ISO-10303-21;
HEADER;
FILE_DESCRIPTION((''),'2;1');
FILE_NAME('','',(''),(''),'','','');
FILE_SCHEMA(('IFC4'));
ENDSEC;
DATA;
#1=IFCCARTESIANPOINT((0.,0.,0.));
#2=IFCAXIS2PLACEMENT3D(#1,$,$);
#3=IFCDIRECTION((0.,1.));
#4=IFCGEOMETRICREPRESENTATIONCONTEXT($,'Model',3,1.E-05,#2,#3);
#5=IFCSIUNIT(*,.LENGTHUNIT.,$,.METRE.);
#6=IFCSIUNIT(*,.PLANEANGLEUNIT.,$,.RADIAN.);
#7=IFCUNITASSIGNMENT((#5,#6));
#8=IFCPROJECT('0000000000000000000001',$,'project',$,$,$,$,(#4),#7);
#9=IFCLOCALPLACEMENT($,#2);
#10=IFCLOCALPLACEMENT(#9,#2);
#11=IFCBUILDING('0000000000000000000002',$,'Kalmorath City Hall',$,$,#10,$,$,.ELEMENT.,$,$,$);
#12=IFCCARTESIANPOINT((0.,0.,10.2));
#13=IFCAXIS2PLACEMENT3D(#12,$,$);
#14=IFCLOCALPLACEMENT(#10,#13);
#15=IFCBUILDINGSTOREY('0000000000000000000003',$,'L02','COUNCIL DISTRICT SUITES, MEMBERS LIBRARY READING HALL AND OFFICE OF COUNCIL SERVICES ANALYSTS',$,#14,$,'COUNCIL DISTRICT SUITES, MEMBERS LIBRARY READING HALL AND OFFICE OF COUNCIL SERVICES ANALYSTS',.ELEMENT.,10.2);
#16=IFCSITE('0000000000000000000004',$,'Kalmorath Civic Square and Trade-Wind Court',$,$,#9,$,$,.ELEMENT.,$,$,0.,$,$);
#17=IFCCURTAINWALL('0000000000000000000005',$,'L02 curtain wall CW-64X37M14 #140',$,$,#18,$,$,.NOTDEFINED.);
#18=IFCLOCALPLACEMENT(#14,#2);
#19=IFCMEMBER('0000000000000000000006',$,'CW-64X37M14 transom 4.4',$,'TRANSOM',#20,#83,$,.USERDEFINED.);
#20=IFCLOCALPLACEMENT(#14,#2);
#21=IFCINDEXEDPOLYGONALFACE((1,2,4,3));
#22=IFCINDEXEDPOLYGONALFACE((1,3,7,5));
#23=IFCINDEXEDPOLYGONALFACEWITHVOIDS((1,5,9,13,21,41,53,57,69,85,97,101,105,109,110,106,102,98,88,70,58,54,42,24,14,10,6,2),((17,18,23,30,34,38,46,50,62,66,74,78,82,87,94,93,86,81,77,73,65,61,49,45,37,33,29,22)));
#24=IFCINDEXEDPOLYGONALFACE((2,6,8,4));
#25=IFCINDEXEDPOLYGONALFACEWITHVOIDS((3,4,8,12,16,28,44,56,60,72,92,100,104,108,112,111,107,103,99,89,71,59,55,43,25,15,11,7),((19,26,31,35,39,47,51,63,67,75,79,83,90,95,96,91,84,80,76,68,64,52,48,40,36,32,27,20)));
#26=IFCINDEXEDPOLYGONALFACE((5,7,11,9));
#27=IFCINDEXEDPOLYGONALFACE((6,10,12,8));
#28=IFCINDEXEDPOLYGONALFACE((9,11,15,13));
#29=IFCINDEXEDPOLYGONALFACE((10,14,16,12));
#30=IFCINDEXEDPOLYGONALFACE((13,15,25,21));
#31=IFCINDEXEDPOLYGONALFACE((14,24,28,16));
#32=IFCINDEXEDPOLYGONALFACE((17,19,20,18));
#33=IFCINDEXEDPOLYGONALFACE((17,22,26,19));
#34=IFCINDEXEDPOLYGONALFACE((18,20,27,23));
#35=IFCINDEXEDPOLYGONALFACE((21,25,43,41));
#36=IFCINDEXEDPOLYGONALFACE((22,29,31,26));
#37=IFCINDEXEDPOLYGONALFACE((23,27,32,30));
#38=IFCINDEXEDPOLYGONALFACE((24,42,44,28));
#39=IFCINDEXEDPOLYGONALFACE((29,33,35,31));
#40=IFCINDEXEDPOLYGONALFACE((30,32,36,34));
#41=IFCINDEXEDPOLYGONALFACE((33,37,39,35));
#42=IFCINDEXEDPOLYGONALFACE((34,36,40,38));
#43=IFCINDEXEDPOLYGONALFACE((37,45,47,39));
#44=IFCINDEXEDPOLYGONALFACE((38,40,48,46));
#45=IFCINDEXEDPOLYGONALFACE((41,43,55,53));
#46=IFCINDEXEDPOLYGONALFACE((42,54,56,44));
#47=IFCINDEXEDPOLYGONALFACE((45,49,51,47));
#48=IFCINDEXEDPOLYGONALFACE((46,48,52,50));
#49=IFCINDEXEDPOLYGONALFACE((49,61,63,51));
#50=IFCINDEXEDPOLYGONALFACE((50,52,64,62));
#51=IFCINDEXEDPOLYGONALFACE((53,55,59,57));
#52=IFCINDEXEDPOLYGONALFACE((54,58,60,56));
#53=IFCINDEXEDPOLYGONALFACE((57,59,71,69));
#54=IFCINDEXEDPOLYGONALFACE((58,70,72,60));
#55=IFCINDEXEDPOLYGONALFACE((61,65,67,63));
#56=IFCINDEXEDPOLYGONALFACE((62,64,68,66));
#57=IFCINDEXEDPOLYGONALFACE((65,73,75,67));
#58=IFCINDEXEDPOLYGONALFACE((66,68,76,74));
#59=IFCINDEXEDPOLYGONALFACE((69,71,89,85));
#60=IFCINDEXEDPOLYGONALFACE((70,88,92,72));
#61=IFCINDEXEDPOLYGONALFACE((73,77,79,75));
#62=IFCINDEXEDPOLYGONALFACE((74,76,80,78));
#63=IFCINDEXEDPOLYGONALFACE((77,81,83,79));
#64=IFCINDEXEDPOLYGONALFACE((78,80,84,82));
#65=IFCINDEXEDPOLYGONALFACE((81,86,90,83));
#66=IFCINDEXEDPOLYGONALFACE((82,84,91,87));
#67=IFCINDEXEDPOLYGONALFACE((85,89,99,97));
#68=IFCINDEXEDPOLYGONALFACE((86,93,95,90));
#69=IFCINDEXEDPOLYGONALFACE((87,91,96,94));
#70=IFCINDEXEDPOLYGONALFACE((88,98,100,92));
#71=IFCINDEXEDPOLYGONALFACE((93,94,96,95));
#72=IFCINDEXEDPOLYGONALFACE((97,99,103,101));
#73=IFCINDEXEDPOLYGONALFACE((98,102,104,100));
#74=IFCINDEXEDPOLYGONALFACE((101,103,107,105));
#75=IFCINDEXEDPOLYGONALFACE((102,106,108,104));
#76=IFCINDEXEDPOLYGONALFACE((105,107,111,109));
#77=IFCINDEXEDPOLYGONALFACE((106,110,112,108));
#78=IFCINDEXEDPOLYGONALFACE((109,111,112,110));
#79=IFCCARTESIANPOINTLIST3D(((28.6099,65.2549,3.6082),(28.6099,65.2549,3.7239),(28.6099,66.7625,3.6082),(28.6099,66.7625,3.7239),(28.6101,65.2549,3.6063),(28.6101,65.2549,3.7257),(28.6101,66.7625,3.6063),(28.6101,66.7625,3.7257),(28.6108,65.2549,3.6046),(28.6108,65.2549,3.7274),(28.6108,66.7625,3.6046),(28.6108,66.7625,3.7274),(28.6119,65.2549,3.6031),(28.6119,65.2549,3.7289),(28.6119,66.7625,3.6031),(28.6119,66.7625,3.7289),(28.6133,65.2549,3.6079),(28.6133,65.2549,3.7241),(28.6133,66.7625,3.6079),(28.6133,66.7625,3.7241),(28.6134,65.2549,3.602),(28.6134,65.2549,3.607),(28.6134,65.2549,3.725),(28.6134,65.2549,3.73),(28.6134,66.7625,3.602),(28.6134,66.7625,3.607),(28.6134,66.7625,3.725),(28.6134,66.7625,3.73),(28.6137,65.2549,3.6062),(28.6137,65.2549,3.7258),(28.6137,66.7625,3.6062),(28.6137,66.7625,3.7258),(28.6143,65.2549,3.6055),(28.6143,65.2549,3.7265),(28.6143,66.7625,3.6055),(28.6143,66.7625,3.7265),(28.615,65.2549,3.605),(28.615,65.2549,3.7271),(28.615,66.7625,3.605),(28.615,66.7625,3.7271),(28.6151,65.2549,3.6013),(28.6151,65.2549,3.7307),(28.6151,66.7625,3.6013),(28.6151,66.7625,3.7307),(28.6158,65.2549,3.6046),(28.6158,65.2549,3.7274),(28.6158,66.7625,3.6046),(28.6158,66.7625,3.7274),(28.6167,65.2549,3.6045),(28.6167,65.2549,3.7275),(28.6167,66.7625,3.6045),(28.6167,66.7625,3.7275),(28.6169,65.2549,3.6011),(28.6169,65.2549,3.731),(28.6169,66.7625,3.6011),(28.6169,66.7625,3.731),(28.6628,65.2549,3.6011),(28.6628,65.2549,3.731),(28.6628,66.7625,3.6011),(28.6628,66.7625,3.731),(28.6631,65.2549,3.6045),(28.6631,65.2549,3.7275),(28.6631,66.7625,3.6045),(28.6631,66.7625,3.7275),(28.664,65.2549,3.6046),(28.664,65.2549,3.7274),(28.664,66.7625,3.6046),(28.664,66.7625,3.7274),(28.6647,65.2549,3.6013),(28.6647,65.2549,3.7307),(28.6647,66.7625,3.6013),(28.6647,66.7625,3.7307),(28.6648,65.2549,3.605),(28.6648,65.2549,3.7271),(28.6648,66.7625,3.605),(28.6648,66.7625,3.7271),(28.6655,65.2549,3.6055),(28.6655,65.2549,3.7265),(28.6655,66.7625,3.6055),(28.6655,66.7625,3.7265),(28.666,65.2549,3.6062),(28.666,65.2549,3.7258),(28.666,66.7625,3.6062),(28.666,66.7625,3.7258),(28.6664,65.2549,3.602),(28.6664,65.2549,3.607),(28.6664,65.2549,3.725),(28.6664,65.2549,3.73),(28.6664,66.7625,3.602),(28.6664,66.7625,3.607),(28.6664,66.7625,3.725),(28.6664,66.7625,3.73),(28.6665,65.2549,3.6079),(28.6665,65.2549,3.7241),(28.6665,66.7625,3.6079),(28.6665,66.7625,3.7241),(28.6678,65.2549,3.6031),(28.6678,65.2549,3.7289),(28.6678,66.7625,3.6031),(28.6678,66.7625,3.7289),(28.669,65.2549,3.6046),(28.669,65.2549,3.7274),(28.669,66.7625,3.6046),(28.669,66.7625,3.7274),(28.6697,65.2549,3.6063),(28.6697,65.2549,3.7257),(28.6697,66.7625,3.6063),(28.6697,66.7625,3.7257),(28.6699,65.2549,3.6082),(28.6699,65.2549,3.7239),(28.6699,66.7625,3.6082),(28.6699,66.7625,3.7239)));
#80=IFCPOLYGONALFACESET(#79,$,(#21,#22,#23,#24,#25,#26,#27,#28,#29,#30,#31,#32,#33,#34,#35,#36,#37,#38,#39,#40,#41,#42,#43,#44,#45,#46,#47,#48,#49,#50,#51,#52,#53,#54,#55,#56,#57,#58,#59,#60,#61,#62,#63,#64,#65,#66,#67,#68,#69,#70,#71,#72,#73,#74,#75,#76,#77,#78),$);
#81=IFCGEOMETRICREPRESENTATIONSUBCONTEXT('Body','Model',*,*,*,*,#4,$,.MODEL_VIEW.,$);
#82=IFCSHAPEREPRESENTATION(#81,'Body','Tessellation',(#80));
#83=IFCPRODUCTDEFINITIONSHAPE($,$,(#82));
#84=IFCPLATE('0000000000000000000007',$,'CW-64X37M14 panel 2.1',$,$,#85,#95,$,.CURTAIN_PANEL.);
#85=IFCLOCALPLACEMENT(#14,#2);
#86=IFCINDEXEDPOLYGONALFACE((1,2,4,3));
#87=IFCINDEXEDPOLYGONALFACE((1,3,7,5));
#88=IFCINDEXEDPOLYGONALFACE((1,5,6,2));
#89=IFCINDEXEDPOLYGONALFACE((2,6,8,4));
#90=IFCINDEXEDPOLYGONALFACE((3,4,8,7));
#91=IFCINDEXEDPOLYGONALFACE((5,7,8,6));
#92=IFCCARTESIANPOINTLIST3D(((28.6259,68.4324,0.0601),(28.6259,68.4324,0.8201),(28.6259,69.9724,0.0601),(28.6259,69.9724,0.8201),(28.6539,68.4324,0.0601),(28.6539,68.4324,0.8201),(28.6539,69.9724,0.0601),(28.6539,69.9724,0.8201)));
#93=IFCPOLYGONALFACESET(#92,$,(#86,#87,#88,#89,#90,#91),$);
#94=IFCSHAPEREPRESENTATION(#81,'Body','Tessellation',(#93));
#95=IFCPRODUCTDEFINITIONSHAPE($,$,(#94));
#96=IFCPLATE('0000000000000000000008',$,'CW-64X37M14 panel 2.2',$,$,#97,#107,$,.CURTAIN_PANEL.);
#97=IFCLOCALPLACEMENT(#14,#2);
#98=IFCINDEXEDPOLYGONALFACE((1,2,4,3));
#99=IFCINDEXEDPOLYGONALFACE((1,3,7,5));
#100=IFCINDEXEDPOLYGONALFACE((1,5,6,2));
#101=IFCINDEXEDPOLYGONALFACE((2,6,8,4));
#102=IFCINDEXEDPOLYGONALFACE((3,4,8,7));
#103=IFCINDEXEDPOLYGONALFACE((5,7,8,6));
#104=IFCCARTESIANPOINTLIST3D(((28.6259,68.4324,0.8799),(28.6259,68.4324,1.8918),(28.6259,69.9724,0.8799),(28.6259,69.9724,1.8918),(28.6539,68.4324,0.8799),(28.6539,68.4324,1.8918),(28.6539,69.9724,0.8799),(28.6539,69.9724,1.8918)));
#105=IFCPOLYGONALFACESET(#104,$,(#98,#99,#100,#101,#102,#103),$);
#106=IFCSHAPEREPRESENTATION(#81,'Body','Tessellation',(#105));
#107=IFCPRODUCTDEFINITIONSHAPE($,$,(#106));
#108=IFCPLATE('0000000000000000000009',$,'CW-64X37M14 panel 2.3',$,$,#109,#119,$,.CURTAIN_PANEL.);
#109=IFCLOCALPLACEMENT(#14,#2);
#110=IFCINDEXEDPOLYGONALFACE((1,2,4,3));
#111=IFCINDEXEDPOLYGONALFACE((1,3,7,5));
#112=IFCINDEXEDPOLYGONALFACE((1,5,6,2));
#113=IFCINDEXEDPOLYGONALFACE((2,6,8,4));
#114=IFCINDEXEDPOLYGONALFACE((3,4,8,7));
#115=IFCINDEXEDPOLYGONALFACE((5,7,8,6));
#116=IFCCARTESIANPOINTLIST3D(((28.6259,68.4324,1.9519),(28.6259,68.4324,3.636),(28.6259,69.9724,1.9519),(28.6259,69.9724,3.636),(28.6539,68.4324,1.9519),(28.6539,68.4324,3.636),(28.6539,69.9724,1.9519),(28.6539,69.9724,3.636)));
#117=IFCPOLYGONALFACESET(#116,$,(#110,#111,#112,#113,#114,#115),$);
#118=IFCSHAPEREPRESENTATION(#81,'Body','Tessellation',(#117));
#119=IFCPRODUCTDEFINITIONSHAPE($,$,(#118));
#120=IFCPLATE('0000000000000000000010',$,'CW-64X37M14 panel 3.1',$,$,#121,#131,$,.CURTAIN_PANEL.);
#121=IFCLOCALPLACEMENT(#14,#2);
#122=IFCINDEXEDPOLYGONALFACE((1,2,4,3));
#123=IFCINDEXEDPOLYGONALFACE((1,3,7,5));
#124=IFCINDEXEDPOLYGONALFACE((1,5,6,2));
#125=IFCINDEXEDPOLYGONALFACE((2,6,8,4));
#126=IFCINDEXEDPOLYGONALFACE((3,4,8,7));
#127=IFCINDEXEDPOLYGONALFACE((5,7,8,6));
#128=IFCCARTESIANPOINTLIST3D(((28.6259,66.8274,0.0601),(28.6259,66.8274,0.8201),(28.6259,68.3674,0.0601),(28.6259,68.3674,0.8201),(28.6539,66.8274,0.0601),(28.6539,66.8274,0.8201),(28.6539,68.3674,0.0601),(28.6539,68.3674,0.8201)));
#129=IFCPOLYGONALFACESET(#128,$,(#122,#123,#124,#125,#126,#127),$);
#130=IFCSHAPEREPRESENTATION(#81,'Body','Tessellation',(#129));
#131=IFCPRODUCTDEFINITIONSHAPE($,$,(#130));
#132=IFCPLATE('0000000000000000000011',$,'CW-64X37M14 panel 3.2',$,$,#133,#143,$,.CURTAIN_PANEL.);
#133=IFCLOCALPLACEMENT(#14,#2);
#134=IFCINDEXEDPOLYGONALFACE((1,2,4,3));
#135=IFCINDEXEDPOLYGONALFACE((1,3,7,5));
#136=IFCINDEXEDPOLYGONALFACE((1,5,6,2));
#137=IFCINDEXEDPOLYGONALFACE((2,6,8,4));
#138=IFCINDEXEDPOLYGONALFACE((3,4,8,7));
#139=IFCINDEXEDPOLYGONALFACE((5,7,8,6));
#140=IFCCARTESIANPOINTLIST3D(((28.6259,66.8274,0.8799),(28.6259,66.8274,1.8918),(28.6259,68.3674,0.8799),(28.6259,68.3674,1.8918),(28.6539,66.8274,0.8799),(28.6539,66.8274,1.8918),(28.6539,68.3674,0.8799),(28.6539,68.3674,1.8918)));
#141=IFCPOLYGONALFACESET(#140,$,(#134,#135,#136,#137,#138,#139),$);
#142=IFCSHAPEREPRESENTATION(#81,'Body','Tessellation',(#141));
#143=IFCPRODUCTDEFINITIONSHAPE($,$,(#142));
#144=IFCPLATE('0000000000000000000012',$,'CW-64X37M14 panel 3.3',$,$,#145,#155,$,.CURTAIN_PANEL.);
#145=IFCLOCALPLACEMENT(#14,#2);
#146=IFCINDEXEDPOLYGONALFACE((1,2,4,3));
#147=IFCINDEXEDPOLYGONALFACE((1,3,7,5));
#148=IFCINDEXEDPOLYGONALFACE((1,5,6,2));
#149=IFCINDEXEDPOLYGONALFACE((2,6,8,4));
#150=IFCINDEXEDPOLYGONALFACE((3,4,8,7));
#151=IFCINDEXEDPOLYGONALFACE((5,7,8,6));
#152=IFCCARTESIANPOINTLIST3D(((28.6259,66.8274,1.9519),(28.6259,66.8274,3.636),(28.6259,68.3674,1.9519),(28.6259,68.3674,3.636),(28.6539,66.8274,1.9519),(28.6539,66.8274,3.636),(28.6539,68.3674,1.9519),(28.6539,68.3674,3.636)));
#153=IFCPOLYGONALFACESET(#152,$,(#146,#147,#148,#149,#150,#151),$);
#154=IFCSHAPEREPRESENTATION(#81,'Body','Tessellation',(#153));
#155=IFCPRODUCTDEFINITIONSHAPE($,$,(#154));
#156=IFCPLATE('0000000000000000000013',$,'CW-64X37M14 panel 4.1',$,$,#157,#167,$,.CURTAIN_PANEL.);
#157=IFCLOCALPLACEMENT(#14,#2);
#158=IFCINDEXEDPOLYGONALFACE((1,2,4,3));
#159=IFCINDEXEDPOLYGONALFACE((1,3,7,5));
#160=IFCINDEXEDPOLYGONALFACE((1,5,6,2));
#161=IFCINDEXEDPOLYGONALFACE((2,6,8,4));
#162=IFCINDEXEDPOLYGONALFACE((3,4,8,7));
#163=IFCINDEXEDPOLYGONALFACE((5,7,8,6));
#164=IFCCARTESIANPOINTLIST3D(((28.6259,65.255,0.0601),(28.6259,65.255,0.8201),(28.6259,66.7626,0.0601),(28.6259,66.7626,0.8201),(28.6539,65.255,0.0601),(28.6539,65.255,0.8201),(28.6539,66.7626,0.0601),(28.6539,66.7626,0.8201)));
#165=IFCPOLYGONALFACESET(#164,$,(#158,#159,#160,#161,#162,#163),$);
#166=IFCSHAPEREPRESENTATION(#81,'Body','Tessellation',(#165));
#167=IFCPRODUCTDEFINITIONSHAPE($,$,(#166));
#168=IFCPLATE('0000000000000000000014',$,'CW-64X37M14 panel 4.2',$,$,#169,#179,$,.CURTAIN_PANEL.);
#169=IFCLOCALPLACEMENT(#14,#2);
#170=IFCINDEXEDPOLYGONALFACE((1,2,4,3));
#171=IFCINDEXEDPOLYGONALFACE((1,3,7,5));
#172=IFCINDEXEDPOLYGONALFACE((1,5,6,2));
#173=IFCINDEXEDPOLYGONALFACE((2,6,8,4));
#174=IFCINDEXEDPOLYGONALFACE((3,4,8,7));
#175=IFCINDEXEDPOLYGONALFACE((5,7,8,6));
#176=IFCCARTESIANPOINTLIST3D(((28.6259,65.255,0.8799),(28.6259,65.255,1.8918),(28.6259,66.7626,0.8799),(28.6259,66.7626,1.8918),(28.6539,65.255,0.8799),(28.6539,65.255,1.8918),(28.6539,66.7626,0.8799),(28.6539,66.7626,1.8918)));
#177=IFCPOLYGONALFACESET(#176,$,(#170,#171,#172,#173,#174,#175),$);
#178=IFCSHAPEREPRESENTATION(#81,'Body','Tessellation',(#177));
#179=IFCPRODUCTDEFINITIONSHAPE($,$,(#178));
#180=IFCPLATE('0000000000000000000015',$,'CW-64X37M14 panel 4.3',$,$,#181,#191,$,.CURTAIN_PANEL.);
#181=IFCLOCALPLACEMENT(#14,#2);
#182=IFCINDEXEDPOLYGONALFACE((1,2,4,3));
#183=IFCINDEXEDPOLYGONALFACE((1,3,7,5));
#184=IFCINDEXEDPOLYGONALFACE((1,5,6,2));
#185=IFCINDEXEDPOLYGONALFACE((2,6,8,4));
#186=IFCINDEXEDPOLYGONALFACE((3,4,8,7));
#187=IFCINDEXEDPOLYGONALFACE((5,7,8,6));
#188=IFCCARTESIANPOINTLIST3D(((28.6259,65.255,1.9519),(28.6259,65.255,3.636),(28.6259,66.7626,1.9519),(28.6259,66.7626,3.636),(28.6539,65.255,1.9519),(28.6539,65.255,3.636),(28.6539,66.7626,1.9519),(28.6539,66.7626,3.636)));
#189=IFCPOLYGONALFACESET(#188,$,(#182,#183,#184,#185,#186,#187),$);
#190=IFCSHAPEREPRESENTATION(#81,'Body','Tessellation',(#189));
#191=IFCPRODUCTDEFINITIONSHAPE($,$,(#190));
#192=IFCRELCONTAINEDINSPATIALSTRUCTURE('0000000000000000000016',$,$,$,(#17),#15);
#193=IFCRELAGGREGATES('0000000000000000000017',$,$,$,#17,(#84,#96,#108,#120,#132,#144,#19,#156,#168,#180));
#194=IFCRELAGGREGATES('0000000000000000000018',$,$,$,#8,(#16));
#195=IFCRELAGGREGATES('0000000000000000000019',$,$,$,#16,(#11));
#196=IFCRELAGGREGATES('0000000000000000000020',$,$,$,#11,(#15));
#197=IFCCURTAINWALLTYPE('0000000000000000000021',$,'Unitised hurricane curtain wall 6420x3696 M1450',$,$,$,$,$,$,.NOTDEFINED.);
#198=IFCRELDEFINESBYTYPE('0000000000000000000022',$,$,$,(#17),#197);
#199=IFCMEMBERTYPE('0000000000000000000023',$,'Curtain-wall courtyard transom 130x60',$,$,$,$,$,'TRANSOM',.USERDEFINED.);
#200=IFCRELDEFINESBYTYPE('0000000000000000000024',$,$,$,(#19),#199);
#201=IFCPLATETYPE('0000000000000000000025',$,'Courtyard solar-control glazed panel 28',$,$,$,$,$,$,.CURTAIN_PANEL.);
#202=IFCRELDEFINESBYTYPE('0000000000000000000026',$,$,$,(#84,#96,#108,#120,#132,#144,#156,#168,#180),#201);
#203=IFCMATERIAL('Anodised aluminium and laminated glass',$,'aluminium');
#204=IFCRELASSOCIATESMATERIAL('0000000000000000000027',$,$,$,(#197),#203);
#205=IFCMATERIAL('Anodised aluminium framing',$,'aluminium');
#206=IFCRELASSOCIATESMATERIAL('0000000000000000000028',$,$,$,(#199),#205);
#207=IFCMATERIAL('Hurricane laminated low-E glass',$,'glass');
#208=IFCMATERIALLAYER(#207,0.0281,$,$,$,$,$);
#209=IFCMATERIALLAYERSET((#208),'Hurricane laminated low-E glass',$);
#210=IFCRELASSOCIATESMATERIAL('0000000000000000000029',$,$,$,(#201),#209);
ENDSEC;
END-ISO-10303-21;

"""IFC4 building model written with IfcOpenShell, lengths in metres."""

from ifc_helpers import new_model, si_unit, direction, frame, origin, origin_2d, place, context, subcontext, project, spatial, rectangle, hollow_rectangle, extrude, material, layer, layer_set, material_profile, profile_set, type_object, element, aggregate, save


model = new_model("IFC4")

# Units and contexts
model_context = context("Model", 3, precision=1e-05, world=origin(), true_north=direction((0.0, 1.0)))
body_context = subcontext(model_context, "Body", "Model", "MODEL_VIEW")
ifc_project = project(units=[si_unit("LENGTHUNIT", "METRE"), si_unit("PLANEANGLEUNIT", "RADIAN")], contexts=[model_context])

# Site, building, storey
site_placement = place(None, origin())
site = spatial("IfcSite", under=ifc_project, at=site_placement, Name="Kalmorath Civic Square and Trade-Wind Court", CompositionType="ELEMENT", RefElevation=0.0)
building_placement = place(site_placement, origin())
building = spatial("IfcBuilding", under=site, at=building_placement, Name="Kalmorath City Hall", CompositionType="ELEMENT")
storey_placement = place(building_placement, frame((0.0, 0.0, 10.2)))
storey = spatial("IfcBuildingStorey", under=building, at=storey_placement, Name="L02", Description="COUNCIL DISTRICT SUITES, MEMBERS LIBRARY READING HALL AND OFFICE OF COUNCIL SERVICES ANALYSTS", LongName="COUNCIL DISTRICT SUITES, MEMBERS LIBRARY READING HALL AND OFFICE OF COUNCIL SERVICES ANALYSTS", CompositionType="ELEMENT", Elevation=10.2)

# Curtain wall, member, plates
ifc_material_1 = material(Name="Anodised aluminium and laminated glass", Category="aluminium")
curtain_wall_type = type_object("IfcCurtainWallType", Name="Unitised hurricane curtain wall 6420x3696 M1450", PredefinedType="NOTDEFINED", material=ifc_material_1)
curtain_wall_placement = place(storey_placement, origin())
curtain_wall = element("IfcCurtainWall", 1, at=curtain_wall_placement, inside=storey, type_object=curtain_wall_type, Name="L02 curtain wall CW-64X37M14 #140", PredefinedType="NOTDEFINED")
ifc_material_2 = material(Name="Anodised aluminium framing", Category="aluminium")
ifc_material_profile_1 = material_profile(ifc_material_2, hollow_rectangle(XDim=0.0601, YDim=0.1299, WallThickness=0.0034, InnerFilletRadius=0.0034, OuterFilletRadius=0.0071, at=origin_2d()), Name="ALU-TRN-130X60X3.5")
ifc_profile_set_1 = profile_set([ifc_material_profile_1], Name="Anodised aluminium framing")
member_type_1 = type_object("IfcMemberType", Name="Curtain-wall courtyard transom 130x60", ElementType="TRANSOM", PredefinedType="USERDEFINED", material=ifc_profile_set_1)
member_1_placement = place(storey_placement, frame((28.6399, 66.7625, 3.666), z_axis=(0.0, -1.0, 0.0), x_axis=(1.0, 0.0, 0.0)))
member_1 = element("IfcMember", 2, at=member_1_placement, type_object=member_type_1, Name="CW-64X37M14 transom 4.4", ObjectType="TRANSOM", PredefinedType="USERDEFINED", context=body_context, shape_type="SweptSolid", body=[
    extrude(hollow_rectangle(XDim=0.0601, YDim=0.1299, WallThickness=0.0034, InnerFilletRadius=0.0034, OuterFilletRadius=0.0071, at=origin_2d()), origin(), (0.0, 0.0, 1.0), 1.5076),
])
ifc_material_3 = material(Name="Hurricane laminated low-E glass", Category="glass")
ifc_layer = layer(ifc_material_3, 0.0281)
ifc_layer_set = layer_set([ifc_layer], Name="Hurricane laminated low-E glass")
plate_type = type_object("IfcPlateType", Name="Courtyard solar-control glazed panel 28", PredefinedType="CURTAIN_PANEL", material=ifc_layer_set)
plate_1_placement = place(storey_placement, frame((28.6399, 69.2024, 0.0601), z_axis=(0.0, 0.0, 1.0), x_axis=(0.0, -1.0, 0.0)))
plate_1 = element("IfcPlate", 3, at=plate_1_placement, type_object=plate_type, Name="CW-64X37M14 panel 2.1", PredefinedType="CURTAIN_PANEL", context=body_context, shape_type="SweptSolid", body=[
    extrude(rectangle(XDim=1.54, YDim=0.0281, at=origin_2d()), origin(), (0.0, 0.0, 1.0), 0.76),
])
plate_2_placement = place(storey_placement, frame((28.6399, 69.2024, 0.8799), z_axis=(0.0, 0.0, 1.0), x_axis=(0.0, -1.0, 0.0)))
plate_2 = element("IfcPlate", 4, at=plate_2_placement, type_object=plate_type, Name="CW-64X37M14 panel 2.2", PredefinedType="CURTAIN_PANEL", context=body_context, shape_type="SweptSolid", body=[
    extrude(rectangle(XDim=1.54, YDim=0.0281, at=origin_2d()), origin(), (0.0, 0.0, 1.0), 1.012),
])
plate_3_placement = place(storey_placement, frame((28.6399, 69.2024, 1.9519), z_axis=(0.0, 0.0, 1.0), x_axis=(0.0, -1.0, 0.0)))
plate_3 = element("IfcPlate", 5, at=plate_3_placement, type_object=plate_type, Name="CW-64X37M14 panel 2.3", PredefinedType="CURTAIN_PANEL", context=body_context, shape_type="SweptSolid", body=[
    extrude(rectangle(XDim=1.54, YDim=0.0281, at=origin_2d()), origin(), (0.0, 0.0, 1.0), 1.6841),
])
plate_4_placement = place(storey_placement, frame((28.6399, 67.5974, 0.0601), z_axis=(0.0, 0.0, 1.0), x_axis=(0.0, -1.0, 0.0)))
plate_4 = element("IfcPlate", 6, at=plate_4_placement, type_object=plate_type, Name="CW-64X37M14 panel 3.1", PredefinedType="CURTAIN_PANEL", context=body_context, shape_type="SweptSolid", body=[
    extrude(rectangle(XDim=1.54, YDim=0.0281, at=origin_2d()), origin(), (0.0, 0.0, 1.0), 0.76),
])
plate_5_placement = place(storey_placement, frame((28.6399, 67.5974, 0.8799), z_axis=(0.0, 0.0, 1.0), x_axis=(0.0, -1.0, 0.0)))
plate_5 = element("IfcPlate", 7, at=plate_5_placement, type_object=plate_type, Name="CW-64X37M14 panel 3.2", PredefinedType="CURTAIN_PANEL", context=body_context, shape_type="SweptSolid", body=[
    extrude(rectangle(XDim=1.54, YDim=0.0281, at=origin_2d()), origin(), (0.0, 0.0, 1.0), 1.012),
])
plate_6_placement = place(storey_placement, frame((28.6399, 67.5974, 1.9519), z_axis=(0.0, 0.0, 1.0), x_axis=(0.0, -1.0, 0.0)))
plate_6 = element("IfcPlate", 8, at=plate_6_placement, type_object=plate_type, Name="CW-64X37M14 panel 3.3", PredefinedType="CURTAIN_PANEL", context=body_context, shape_type="SweptSolid", body=[
    extrude(rectangle(XDim=1.54, YDim=0.0281, at=origin_2d()), origin(), (0.0, 0.0, 1.0), 1.6841),
])
plate_7_placement = place(storey_placement, frame((28.6399, 66.0088, 0.0601), z_axis=(0.0, 0.0, 1.0), x_axis=(0.0, -1.0, 0.0)))
plate_7 = element("IfcPlate", 9, at=plate_7_placement, type_object=plate_type, Name="CW-64X37M14 panel 4.1", PredefinedType="CURTAIN_PANEL", context=body_context, shape_type="SweptSolid", body=[
    extrude(rectangle(XDim=1.5076, YDim=0.0281, at=origin_2d()), origin(), (0.0, 0.0, 1.0), 0.76),
])
plate_8_placement = place(storey_placement, frame((28.6399, 66.0088, 0.8799), z_axis=(0.0, 0.0, 1.0), x_axis=(0.0, -1.0, 0.0)))
plate_8 = element("IfcPlate", 10, at=plate_8_placement, type_object=plate_type, Name="CW-64X37M14 panel 4.2", PredefinedType="CURTAIN_PANEL", context=body_context, shape_type="SweptSolid", body=[
    extrude(rectangle(XDim=1.5076, YDim=0.0281, at=origin_2d()), origin(), (0.0, 0.0, 1.0), 1.012),
])
plate_9_placement = place(storey_placement, frame((28.6399, 66.0088, 1.9519), z_axis=(0.0, 0.0, 1.0), x_axis=(0.0, -1.0, 0.0)))
plate_9 = element("IfcPlate", 11, at=plate_9_placement, type_object=plate_type, Name="CW-64X37M14 panel 4.3", PredefinedType="CURTAIN_PANEL", context=body_context, shape_type="SweptSolid", body=[
    extrude(rectangle(XDim=1.5076, YDim=0.0281, at=origin_2d()), origin(), (0.0, 0.0, 1.0), 1.6841),
])
aggregate(curtain_wall, [plate_1, plate_2, plate_3, plate_4, plate_5, plate_6, member_1, plate_7, plate_8, plate_9])

save(model, "model.ifc")
